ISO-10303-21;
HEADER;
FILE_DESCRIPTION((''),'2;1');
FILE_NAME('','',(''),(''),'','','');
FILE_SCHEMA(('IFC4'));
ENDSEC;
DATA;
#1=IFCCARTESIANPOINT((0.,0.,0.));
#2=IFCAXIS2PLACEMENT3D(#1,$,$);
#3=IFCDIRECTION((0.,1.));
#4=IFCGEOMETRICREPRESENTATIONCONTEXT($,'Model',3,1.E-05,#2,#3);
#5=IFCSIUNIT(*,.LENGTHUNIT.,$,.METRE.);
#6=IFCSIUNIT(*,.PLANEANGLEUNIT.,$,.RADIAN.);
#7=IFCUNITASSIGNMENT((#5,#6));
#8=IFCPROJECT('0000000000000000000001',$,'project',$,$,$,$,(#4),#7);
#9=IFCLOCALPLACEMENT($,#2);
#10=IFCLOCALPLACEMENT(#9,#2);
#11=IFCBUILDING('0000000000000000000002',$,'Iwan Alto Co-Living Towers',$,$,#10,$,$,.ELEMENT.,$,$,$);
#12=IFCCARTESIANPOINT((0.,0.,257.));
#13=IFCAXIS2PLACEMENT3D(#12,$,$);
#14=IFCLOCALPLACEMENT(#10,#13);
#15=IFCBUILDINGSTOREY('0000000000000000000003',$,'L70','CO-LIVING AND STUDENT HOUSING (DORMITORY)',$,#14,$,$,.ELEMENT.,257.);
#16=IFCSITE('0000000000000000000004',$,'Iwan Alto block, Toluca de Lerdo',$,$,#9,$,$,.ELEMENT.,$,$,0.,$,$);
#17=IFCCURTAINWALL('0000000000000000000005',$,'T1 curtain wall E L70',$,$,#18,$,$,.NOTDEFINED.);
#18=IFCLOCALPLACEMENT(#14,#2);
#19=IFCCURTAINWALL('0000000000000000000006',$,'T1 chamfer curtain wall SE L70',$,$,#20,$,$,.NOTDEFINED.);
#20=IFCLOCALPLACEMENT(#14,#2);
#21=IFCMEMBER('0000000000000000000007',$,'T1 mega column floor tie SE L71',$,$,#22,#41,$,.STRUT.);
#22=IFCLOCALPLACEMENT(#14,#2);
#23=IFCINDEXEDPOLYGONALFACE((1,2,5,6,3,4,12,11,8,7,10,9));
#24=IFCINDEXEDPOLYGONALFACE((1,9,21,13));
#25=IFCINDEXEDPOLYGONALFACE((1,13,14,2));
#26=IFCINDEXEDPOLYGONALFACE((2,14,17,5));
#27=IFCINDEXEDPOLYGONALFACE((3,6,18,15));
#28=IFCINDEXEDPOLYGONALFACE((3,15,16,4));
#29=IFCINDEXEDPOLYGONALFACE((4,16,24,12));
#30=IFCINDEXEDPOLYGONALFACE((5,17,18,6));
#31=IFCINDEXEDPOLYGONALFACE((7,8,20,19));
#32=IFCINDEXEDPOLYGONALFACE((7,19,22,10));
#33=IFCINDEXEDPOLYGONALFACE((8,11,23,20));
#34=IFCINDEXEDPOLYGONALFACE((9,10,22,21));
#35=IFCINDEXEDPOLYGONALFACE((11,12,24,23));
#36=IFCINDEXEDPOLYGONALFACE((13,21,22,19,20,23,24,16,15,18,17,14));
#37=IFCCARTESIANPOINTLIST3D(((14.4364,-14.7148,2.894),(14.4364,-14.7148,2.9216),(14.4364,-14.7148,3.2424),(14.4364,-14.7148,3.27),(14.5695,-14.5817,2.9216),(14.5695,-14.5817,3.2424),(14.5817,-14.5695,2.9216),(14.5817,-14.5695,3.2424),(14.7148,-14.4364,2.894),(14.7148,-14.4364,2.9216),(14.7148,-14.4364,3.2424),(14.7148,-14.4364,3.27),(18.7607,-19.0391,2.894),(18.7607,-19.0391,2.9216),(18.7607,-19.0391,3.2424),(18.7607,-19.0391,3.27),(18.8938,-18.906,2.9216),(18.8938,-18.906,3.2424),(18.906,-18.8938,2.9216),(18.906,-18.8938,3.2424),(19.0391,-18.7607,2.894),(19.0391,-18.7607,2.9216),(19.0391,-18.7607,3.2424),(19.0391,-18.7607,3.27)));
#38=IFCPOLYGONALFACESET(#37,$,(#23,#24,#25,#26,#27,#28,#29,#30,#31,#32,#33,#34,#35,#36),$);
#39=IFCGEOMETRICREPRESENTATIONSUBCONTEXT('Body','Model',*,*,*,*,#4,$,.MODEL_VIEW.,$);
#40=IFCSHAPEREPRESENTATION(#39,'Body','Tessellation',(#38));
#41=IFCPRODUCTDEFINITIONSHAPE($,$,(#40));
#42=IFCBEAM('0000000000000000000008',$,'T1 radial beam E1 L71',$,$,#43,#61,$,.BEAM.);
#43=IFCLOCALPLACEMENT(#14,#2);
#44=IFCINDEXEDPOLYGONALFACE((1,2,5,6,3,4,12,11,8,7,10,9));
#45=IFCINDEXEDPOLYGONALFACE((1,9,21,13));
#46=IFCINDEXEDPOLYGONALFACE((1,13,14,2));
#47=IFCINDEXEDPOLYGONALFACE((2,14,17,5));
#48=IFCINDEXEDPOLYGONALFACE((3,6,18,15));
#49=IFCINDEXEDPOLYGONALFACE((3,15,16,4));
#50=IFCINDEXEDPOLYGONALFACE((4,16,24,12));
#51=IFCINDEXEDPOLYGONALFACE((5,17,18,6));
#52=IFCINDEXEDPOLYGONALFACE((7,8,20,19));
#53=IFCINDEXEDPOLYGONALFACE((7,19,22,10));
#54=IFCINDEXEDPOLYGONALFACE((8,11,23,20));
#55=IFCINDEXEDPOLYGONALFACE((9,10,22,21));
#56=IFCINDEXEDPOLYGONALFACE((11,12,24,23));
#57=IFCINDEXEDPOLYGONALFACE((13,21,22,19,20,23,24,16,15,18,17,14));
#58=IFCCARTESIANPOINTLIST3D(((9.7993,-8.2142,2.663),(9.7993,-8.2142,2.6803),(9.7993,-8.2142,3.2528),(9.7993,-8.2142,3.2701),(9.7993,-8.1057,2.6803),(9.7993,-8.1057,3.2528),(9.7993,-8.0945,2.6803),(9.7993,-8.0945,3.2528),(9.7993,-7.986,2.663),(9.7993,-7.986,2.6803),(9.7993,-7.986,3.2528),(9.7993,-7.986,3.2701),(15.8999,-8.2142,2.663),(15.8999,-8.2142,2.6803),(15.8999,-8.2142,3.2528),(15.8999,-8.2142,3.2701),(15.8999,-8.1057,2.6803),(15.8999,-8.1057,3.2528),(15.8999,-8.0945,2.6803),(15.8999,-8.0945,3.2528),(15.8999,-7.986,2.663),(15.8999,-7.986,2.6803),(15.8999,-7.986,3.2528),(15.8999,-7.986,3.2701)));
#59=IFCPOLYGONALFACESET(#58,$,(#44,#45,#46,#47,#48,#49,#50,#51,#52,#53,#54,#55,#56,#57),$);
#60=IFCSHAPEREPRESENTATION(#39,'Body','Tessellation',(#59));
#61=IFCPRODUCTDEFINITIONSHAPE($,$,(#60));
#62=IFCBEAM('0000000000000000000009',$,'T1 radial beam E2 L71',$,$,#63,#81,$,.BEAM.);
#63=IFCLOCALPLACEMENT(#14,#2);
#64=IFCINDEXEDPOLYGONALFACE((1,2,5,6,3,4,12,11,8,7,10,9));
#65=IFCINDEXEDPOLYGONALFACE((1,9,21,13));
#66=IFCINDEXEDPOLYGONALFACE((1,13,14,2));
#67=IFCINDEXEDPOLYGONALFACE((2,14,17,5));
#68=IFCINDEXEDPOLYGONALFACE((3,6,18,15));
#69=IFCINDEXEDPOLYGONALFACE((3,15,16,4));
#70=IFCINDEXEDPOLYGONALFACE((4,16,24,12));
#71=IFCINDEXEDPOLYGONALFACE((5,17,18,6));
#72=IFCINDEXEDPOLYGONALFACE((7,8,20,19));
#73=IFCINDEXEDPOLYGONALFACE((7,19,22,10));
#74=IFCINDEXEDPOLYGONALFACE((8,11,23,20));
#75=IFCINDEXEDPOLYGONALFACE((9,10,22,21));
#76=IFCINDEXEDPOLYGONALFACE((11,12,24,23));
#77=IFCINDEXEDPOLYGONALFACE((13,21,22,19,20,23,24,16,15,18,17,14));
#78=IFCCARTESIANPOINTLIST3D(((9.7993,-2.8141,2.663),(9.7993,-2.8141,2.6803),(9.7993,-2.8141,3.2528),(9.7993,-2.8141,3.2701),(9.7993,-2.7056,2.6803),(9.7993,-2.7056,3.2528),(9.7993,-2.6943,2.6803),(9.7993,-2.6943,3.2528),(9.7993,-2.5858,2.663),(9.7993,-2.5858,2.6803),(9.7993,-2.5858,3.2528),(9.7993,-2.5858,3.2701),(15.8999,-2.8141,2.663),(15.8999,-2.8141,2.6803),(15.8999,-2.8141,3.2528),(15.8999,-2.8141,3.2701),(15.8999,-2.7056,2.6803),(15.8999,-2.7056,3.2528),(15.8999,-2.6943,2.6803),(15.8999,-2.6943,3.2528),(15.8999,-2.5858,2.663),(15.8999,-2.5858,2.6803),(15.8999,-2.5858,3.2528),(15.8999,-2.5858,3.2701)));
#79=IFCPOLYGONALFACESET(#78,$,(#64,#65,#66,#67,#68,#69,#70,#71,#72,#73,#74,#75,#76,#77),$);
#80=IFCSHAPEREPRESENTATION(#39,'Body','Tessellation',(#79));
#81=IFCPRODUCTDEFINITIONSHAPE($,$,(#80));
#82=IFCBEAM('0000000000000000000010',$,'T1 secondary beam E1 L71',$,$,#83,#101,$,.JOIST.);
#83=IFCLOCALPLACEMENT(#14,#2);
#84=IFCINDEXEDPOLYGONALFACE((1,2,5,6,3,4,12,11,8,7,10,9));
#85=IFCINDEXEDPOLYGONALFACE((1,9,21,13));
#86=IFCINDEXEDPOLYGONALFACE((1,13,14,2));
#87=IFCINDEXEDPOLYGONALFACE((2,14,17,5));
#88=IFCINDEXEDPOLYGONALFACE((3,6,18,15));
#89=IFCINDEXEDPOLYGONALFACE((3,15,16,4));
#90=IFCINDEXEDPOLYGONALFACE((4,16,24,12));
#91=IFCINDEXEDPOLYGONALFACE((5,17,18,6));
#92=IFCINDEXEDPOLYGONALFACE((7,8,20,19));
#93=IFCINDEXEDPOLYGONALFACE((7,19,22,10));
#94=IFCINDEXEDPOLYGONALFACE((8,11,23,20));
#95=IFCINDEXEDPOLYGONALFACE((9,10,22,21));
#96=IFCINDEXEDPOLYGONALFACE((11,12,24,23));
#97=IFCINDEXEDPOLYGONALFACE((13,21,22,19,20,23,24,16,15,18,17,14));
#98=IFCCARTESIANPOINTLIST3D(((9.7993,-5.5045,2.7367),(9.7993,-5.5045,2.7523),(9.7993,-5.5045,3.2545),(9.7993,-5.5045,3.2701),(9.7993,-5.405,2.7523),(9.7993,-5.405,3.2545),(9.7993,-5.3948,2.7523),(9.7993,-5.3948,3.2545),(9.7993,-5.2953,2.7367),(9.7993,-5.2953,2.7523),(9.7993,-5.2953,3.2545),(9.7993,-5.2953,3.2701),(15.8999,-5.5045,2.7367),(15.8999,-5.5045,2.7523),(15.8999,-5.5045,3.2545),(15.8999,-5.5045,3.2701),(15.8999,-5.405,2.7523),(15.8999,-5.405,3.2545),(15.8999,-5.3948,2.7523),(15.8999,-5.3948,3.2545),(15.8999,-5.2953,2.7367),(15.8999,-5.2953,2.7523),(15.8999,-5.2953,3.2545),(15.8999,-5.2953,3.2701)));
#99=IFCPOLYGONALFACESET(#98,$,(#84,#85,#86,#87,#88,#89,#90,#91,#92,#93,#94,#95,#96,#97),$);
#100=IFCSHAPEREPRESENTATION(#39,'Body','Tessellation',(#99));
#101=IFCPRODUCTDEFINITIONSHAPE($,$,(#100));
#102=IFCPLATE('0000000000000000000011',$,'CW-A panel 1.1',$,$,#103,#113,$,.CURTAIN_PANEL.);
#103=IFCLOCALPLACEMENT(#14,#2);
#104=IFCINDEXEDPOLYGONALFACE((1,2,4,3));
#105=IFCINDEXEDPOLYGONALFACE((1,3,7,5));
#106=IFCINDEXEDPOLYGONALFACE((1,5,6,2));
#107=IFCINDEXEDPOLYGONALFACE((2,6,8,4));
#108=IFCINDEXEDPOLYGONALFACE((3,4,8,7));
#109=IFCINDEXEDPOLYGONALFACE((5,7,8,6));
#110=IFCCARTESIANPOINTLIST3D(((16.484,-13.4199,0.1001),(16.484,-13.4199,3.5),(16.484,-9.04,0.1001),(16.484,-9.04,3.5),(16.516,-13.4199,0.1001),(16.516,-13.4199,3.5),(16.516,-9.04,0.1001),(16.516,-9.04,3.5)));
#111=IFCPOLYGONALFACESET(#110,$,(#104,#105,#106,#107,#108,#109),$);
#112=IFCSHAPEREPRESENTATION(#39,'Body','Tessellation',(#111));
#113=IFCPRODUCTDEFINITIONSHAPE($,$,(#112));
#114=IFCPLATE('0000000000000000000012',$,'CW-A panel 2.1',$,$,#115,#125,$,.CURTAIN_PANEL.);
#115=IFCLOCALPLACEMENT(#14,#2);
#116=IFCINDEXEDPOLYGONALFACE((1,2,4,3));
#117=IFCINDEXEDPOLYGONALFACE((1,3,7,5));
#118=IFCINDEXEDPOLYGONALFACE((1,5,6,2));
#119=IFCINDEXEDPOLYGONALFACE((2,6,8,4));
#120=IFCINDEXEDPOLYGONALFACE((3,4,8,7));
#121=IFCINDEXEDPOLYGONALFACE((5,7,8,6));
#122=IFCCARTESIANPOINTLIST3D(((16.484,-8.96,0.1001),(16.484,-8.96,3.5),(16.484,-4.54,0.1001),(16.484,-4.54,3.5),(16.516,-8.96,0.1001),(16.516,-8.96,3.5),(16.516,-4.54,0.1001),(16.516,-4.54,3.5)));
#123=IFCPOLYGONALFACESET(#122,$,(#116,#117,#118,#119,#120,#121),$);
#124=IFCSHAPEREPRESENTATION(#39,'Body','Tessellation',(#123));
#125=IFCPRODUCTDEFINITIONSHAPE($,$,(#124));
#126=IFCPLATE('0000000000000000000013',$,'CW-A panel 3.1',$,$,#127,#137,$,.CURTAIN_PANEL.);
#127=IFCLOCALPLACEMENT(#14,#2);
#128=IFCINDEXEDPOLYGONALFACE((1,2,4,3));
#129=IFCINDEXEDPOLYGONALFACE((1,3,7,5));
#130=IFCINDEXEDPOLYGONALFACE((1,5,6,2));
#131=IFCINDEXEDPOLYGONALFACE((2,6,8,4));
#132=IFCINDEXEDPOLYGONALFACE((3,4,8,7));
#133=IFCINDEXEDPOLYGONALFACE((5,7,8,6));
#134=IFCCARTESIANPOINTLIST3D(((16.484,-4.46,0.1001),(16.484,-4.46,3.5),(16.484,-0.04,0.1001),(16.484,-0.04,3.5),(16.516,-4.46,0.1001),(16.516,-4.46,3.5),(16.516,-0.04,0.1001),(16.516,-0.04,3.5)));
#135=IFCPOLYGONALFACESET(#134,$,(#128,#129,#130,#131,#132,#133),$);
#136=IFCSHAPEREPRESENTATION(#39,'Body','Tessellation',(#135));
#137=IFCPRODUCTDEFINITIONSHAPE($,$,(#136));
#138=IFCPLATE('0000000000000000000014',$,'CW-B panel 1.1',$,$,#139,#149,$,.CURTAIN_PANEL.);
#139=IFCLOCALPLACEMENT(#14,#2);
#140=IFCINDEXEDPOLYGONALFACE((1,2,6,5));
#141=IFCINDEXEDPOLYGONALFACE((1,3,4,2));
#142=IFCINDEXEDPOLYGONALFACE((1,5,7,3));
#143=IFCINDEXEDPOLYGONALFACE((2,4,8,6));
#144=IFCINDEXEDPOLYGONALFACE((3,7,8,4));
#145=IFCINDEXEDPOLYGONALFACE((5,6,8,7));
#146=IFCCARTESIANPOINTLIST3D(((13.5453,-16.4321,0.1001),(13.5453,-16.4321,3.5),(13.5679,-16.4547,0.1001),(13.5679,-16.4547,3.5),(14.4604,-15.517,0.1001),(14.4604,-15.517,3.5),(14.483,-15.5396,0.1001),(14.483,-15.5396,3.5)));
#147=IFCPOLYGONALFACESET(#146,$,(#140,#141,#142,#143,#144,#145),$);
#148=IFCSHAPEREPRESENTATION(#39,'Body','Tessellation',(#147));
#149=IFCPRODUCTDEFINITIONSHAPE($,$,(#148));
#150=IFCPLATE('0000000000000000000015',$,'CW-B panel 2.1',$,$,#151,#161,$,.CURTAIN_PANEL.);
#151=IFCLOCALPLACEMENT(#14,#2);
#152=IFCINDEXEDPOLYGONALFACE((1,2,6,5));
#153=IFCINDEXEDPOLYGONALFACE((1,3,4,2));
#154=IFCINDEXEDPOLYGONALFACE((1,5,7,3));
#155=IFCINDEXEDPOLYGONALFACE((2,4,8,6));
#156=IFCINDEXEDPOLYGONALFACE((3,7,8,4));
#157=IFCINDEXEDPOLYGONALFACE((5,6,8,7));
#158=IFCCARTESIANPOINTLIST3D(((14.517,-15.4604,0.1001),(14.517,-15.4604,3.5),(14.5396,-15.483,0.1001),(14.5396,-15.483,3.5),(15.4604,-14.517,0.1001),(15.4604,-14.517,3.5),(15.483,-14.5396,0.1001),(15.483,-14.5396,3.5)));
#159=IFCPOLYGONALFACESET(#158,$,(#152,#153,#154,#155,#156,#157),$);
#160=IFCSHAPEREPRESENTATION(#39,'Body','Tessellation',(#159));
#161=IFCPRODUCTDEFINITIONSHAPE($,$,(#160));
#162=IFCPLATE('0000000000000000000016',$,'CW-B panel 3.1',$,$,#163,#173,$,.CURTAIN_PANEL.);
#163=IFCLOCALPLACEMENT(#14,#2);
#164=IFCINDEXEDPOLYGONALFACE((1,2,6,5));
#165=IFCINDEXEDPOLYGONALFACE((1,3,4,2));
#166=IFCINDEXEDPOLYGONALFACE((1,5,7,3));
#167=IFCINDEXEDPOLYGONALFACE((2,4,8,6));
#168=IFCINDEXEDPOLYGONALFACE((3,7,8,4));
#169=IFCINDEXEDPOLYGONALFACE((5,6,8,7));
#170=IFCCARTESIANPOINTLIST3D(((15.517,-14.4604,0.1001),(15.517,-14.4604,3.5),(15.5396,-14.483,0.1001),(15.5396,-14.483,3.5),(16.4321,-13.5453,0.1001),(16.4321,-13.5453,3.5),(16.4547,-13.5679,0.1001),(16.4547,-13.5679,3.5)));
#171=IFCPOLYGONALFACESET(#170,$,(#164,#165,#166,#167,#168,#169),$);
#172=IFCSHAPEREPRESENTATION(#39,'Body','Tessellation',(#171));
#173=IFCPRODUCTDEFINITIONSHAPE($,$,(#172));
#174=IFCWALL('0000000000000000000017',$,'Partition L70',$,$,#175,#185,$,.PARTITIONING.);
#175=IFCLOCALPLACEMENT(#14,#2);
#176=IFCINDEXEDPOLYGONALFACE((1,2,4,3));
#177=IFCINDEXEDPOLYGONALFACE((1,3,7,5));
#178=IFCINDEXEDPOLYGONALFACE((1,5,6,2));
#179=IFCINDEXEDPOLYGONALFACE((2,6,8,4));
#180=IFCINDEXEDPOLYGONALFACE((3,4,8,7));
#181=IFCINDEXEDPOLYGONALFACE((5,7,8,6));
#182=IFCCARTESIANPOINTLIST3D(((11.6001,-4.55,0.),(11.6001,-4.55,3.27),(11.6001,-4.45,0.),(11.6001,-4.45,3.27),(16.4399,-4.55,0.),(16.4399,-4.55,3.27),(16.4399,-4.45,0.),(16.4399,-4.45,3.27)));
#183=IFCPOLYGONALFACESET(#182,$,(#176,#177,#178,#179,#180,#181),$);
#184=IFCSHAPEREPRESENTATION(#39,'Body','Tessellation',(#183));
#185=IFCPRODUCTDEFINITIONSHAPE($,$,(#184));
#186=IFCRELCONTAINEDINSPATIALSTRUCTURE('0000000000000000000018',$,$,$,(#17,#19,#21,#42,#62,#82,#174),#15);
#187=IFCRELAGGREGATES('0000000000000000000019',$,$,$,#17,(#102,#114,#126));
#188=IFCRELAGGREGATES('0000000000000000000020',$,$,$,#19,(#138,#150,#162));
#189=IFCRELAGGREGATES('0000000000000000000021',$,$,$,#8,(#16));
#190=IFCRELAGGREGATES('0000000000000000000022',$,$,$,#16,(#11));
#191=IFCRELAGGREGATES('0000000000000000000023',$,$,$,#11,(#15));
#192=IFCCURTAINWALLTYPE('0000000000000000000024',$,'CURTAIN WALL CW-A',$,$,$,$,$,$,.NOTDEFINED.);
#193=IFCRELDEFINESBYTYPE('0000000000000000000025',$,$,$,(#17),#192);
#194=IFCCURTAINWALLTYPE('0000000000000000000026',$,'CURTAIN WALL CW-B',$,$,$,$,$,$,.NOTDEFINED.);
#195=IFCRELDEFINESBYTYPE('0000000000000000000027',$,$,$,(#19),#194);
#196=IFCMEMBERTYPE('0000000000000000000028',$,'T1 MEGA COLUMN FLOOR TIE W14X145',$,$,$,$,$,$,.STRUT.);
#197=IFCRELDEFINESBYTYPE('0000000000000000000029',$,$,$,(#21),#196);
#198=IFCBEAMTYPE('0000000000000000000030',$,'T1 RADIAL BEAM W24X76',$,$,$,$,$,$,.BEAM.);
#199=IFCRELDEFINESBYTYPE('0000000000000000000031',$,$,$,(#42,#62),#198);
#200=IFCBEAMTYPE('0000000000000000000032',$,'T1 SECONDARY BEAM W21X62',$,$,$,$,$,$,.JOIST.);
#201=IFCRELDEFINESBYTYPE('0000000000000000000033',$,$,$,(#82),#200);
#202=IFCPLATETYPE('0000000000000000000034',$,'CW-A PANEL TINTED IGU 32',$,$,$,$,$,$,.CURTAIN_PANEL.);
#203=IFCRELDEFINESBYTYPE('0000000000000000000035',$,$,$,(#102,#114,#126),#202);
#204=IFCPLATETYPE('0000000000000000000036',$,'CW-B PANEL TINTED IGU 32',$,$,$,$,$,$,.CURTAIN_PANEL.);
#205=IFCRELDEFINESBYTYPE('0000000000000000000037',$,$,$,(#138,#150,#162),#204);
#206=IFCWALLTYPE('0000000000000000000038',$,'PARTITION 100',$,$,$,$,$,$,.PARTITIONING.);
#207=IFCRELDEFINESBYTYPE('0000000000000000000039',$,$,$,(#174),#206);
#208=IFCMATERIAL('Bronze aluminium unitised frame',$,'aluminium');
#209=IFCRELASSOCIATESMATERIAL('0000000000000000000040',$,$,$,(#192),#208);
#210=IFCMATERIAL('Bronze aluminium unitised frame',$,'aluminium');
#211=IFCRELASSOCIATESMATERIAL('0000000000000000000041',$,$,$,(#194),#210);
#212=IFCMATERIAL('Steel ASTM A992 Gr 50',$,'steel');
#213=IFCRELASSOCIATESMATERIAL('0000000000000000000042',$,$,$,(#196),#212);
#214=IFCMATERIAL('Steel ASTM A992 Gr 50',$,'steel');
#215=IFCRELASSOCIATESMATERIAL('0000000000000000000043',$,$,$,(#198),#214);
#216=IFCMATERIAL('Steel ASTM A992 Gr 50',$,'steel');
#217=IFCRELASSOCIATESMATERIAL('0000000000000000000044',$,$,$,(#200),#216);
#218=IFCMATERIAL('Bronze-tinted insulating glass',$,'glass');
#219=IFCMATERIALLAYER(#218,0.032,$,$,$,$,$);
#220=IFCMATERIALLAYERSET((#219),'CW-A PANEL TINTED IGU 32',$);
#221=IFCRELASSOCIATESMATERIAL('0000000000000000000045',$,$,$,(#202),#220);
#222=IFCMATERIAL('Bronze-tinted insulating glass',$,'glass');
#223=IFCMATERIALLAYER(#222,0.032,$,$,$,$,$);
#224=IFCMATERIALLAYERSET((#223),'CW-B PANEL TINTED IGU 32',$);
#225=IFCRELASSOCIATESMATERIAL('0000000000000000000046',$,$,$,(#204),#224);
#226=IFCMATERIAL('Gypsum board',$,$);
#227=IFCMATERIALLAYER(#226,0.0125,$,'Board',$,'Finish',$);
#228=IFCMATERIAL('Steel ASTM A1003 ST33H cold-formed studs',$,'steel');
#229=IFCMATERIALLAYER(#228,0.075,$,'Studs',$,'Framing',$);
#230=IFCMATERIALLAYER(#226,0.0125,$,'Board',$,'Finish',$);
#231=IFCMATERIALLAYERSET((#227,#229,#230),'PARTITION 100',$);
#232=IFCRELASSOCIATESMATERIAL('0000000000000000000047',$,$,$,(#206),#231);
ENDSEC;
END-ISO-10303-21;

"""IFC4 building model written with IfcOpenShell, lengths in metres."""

from ifc_helpers import new_model, si_unit, direction, frame, frame_2d, origin, origin_2d, place, context, subcontext, project, spatial, rectangle, i_section, extrude, material, layer, layer_set, material_profile, profile_set, type_object, element, aggregate, save


model = new_model("IFC4")

# Units and contexts
model_context = context("Model", 3, precision=1e-05, world=origin(), true_north=direction((0.0, 1.0)))
body_context = subcontext(model_context, "Body", "Model", "MODEL_VIEW")
ifc_project = project(units=[si_unit("LENGTHUNIT", "METRE"), si_unit("PLANEANGLEUNIT", "RADIAN")], contexts=[model_context])

# Site, building, storey
site_placement = place(None, origin())
site = spatial("IfcSite", under=ifc_project, at=site_placement, Name="Iwan Alto block, Toluca de Lerdo", CompositionType="ELEMENT", RefElevation=0.0)
building_placement = place(site_placement, origin())
building = spatial("IfcBuilding", under=site, at=building_placement, Name="Iwan Alto Co-Living Towers", CompositionType="ELEMENT")
storey_placement = place(building_placement, frame((0.0, 0.0, 257.0)))
storey = spatial("IfcBuildingStorey", under=building, at=storey_placement, Name="L70", Description="CO-LIVING AND STUDENT HOUSING (DORMITORY)", CompositionType="ELEMENT", Elevation=257.0)

# Shared definitions
ifc_material_1 = material(Name="Bronze aluminium unitised frame", Category="aluminium")
curtain_wall_type_1 = type_object("IfcCurtainWallType", Name="CURTAIN WALL CW-A", PredefinedType="NOTDEFINED", material=ifc_material_1)

# Curtain walls
curtain_wall_1_placement = place(storey_placement, origin())
curtain_wall_1 = element("IfcCurtainWall", 1, at=curtain_wall_1_placement, inside=storey, type_object=curtain_wall_type_1, Name="T1 curtain wall E L70", PredefinedType="NOTDEFINED")
ifc_material_2 = material(Name="Bronze aluminium unitised frame", Category="aluminium")
curtain_wall_type_2 = type_object("IfcCurtainWallType", Name="CURTAIN WALL CW-B", PredefinedType="NOTDEFINED", material=ifc_material_2)
curtain_wall_2_placement = place(storey_placement, origin())
curtain_wall_2 = element("IfcCurtainWall", 2, at=curtain_wall_2_placement, inside=storey, type_object=curtain_wall_type_2, Name="T1 chamfer curtain wall SE L70", PredefinedType="NOTDEFINED")

# Member
ifc_material_3 = material(Name="Steel ASTM A992 Gr 50", Category="steel")
ifc_material_profile_1 = material_profile(ifc_material_3, i_section(OverallWidth=0.3938, OverallDepth=0.376, WebThickness=0.0173, FlangeThickness=0.0276, at=origin_2d()), Name="W14X145")
ifc_profile_set_1 = profile_set([ifc_material_profile_1], Name="Steel ASTM A992 Gr 50")
member_type_1 = type_object("IfcMemberType", Name="T1 MEGA COLUMN FLOOR TIE W14X145", PredefinedType="STRUT", material=ifc_profile_set_1)
member_1_placement = place(storey_placement, frame((18.8999, -18.8999, 3.082), z_axis=(-0.707107, 0.707107, 0.0), x_axis=(-0.707107, -0.707107, 0.0)))
element("IfcMember", 3, at=member_1_placement, inside=storey, type_object=member_type_1, Name="T1 mega column floor tie SE L71", PredefinedType="STRUT", context=body_context, shape_type="SweptSolid", body=[
    extrude(i_section(OverallWidth=0.3938, OverallDepth=0.376, WebThickness=0.0173, FlangeThickness=0.0276, at=origin_2d()), origin(), (0.0, 0.0, 1.0), 6.1155),
])

# Beams
ifc_material_4 = material(Name="Steel ASTM A992 Gr 50", Category="steel")
ifc_material_profile_2 = material_profile(ifc_material_4, i_section(OverallWidth=0.2283, OverallDepth=0.6072, WebThickness=0.0112, FlangeThickness=0.0173, at=origin_2d()), Name="W24X76")
ifc_profile_set_2 = profile_set([ifc_material_profile_2], Name="Steel ASTM A992 Gr 50")
beam_type_1 = type_object("IfcBeamType", Name="T1 RADIAL BEAM W24X76", PredefinedType="BEAM", material=ifc_profile_set_2)
for number, where, z_axis, x_axis, name in (
    (4, (15.8999, -8.1001, 2.9666), (-1.0, 0.0, 0.0), (0.0, -1.0, 0.0), "T1 radial beam E1 L71"),
    (5, (15.8999, -2.7, 2.9666), (-1.0, 0.0, 0.0), (0.0, -1.0, 0.0), "T1 radial beam E2 L71"),
):
    element("IfcBeam", number, at=place(storey_placement, frame(where, z_axis=z_axis, x_axis=x_axis)), inside=storey, type_object=beam_type_1, Name=name, PredefinedType="BEAM", context=body_context, shape_type="SweptSolid", body=[
        extrude(i_section(OverallWidth=0.2283, OverallDepth=0.6072, WebThickness=0.0112, FlangeThickness=0.0173, at=origin_2d()), origin(), (0.0, 0.0, 1.0), 6.1006),
    ])
ifc_material_5 = material(Name="Steel ASTM A992 Gr 50", Category="steel")
ifc_material_profile_3 = material_profile(ifc_material_5, i_section(OverallWidth=0.2092, OverallDepth=0.5334, WebThickness=0.0103, FlangeThickness=0.0156, at=origin_2d()), Name="W21X62")
ifc_profile_set_3 = profile_set([ifc_material_profile_3], Name="Steel ASTM A992 Gr 50")
beam_type_2 = type_object("IfcBeamType", Name="T1 SECONDARY BEAM W21X62", PredefinedType="JOIST", material=ifc_profile_set_3)
beam_1_placement = place(storey_placement, frame((15.8999, -5.3999, 3.0034), z_axis=(-1.0, 0.0, 0.0), x_axis=(0.0, -1.0, 0.0)))
element("IfcBeam", 6, at=beam_1_placement, inside=storey, type_object=beam_type_2, Name="T1 secondary beam E1 L71", PredefinedType="JOIST", context=body_context, shape_type="SweptSolid", body=[
    extrude(i_section(OverallWidth=0.2092, OverallDepth=0.5334, WebThickness=0.0103, FlangeThickness=0.0156, at=origin_2d()), origin(), (0.0, 0.0, 1.0), 6.1006),
])

# Plates
ifc_material_6 = material(Name="Bronze-tinted insulating glass", Category="glass")
ifc_layer_1 = layer(ifc_material_6, 0.032)
ifc_layer_set_1 = layer_set([ifc_layer_1], Name="CW-A PANEL TINTED IGU 32")
plate_type_1 = type_object("IfcPlateType", Name="CW-A PANEL TINTED IGU 32", PredefinedType="CURTAIN_PANEL", material=ifc_layer_set_1)
plate_1_placement = place(storey_placement, frame((16.5, -11.23, 0.1001), z_axis=(0.0, 0.0, 1.0), x_axis=(0.0, 1.0, 0.0)))
plate_1 = element("IfcPlate", 7, at=plate_1_placement, type_object=plate_type_1, Name="CW-A panel 1.1", PredefinedType="CURTAIN_PANEL", context=body_context, shape_type="SweptSolid", body=[
    extrude(rectangle(XDim=4.3799, YDim=0.032, at=origin_2d()), origin(), (0.0, 0.0, 1.0), 3.3999),
])
plate_2_placement = place(storey_placement, frame((16.5, -6.75, 0.1001), z_axis=(0.0, 0.0, 1.0), x_axis=(0.0, 1.0, 0.0)))
plate_2 = element("IfcPlate", 8, at=plate_2_placement, type_object=plate_type_1, Name="CW-A panel 2.1", PredefinedType="CURTAIN_PANEL", context=body_context, shape_type="SweptSolid", body=[
    extrude(rectangle(XDim=4.4199, YDim=0.032, at=origin_2d()), origin(), (0.0, 0.0, 1.0), 3.3999),
])
plate_3_placement = place(storey_placement, frame((16.5, -2.25, 0.1001), z_axis=(0.0, 0.0, 1.0), x_axis=(0.0, 1.0, 0.0)))
plate_3 = element("IfcPlate", 9, at=plate_3_placement, type_object=plate_type_1, Name="CW-A panel 3.1", PredefinedType="CURTAIN_PANEL", context=body_context, shape_type="SweptSolid", body=[
    extrude(rectangle(XDim=4.4199, YDim=0.032, at=origin_2d()), origin(), (0.0, 0.0, 1.0), 3.3999),
])
aggregate(curtain_wall_1, [plate_1, plate_2, plate_3])
ifc_material_7 = material(Name="Bronze-tinted insulating glass", Category="glass")
ifc_layer_2 = layer(ifc_material_7, 0.032)
ifc_layer_set_2 = layer_set([ifc_layer_2], Name="CW-B PANEL TINTED IGU 32")
plate_type_2 = type_object("IfcPlateType", Name="CW-B PANEL TINTED IGU 32", PredefinedType="CURTAIN_PANEL", material=ifc_layer_set_2)
plate_4_placement = place(storey_placement, frame((14.0142, -15.9858, 0.1001), z_axis=(0.0, 0.0, 1.0), x_axis=(0.707107, 0.707107, 0.0)))
plate_4 = element("IfcPlate", 10, at=plate_4_placement, type_object=plate_type_2, Name="CW-B panel 1.1", PredefinedType="CURTAIN_PANEL", context=body_context, shape_type="SweptSolid", body=[
    extrude(rectangle(XDim=1.2942, YDim=0.032, at=origin_2d()), origin(), (0.0, 0.0, 1.0), 3.3999),
])
plate_5_placement = place(storey_placement, frame((15.0, -15.0, 0.1001), z_axis=(0.0, 0.0, 1.0), x_axis=(0.707107, 0.707107, 0.0)))
plate_5 = element("IfcPlate", 11, at=plate_5_placement, type_object=plate_type_2, Name="CW-B panel 2.1", PredefinedType="CURTAIN_PANEL", context=body_context, shape_type="SweptSolid", body=[
    extrude(rectangle(XDim=1.3342, YDim=0.032, at=origin_2d()), origin(), (0.0, 0.0, 1.0), 3.3999),
])
plate_6_placement = place(storey_placement, frame((15.9858, -14.0142, 0.1001), z_axis=(0.0, 0.0, 1.0), x_axis=(0.707107, 0.707107, 0.0)))
plate_6 = element("IfcPlate", 12, at=plate_6_placement, type_object=plate_type_2, Name="CW-B panel 3.1", PredefinedType="CURTAIN_PANEL", context=body_context, shape_type="SweptSolid", body=[
    extrude(rectangle(XDim=1.2942, YDim=0.032, at=origin_2d()), origin(), (0.0, 0.0, 1.0), 3.3999),
])
aggregate(curtain_wall_2, [plate_4, plate_5, plate_6])

# Wall
ifc_material_8 = material(Name="Gypsum board")
ifc_layer_3 = layer(ifc_material_8, 0.0125, Name="Board", Category="Finish")
ifc_material_9 = material(Name="Steel ASTM A1003 ST33H cold-formed studs", Category="steel")
ifc_layer_4 = layer(ifc_material_9, 0.075, Name="Studs", Category="Framing")
ifc_layer_5 = layer(ifc_material_8, 0.0125, Name="Board", Category="Finish")
ifc_layer_set_3 = layer_set([ifc_layer_3, ifc_layer_4, ifc_layer_5], Name="PARTITION 100")
wall_type_1 = type_object("IfcWallType", Name="PARTITION 100", PredefinedType="PARTITIONING", material=ifc_layer_set_3)
wall_1_placement = place(storey_placement, frame((11.6001, -4.5, 0.0), z_axis=(0.0, 0.0, 1.0), x_axis=(1.0, 0.0, 0.0)))
element("IfcWall", 13, at=wall_1_placement, inside=storey, type_object=wall_type_1, Name="Partition L70", PredefinedType="PARTITIONING", context=body_context, shape_type="SweptSolid", body=[
    extrude(rectangle(XDim=4.8398, YDim=0.1001, at=frame_2d((2.4199, 0.0))), origin(), (0.0, 0.0, 1.0), 3.27),
])

save(model, "model.ifc")
